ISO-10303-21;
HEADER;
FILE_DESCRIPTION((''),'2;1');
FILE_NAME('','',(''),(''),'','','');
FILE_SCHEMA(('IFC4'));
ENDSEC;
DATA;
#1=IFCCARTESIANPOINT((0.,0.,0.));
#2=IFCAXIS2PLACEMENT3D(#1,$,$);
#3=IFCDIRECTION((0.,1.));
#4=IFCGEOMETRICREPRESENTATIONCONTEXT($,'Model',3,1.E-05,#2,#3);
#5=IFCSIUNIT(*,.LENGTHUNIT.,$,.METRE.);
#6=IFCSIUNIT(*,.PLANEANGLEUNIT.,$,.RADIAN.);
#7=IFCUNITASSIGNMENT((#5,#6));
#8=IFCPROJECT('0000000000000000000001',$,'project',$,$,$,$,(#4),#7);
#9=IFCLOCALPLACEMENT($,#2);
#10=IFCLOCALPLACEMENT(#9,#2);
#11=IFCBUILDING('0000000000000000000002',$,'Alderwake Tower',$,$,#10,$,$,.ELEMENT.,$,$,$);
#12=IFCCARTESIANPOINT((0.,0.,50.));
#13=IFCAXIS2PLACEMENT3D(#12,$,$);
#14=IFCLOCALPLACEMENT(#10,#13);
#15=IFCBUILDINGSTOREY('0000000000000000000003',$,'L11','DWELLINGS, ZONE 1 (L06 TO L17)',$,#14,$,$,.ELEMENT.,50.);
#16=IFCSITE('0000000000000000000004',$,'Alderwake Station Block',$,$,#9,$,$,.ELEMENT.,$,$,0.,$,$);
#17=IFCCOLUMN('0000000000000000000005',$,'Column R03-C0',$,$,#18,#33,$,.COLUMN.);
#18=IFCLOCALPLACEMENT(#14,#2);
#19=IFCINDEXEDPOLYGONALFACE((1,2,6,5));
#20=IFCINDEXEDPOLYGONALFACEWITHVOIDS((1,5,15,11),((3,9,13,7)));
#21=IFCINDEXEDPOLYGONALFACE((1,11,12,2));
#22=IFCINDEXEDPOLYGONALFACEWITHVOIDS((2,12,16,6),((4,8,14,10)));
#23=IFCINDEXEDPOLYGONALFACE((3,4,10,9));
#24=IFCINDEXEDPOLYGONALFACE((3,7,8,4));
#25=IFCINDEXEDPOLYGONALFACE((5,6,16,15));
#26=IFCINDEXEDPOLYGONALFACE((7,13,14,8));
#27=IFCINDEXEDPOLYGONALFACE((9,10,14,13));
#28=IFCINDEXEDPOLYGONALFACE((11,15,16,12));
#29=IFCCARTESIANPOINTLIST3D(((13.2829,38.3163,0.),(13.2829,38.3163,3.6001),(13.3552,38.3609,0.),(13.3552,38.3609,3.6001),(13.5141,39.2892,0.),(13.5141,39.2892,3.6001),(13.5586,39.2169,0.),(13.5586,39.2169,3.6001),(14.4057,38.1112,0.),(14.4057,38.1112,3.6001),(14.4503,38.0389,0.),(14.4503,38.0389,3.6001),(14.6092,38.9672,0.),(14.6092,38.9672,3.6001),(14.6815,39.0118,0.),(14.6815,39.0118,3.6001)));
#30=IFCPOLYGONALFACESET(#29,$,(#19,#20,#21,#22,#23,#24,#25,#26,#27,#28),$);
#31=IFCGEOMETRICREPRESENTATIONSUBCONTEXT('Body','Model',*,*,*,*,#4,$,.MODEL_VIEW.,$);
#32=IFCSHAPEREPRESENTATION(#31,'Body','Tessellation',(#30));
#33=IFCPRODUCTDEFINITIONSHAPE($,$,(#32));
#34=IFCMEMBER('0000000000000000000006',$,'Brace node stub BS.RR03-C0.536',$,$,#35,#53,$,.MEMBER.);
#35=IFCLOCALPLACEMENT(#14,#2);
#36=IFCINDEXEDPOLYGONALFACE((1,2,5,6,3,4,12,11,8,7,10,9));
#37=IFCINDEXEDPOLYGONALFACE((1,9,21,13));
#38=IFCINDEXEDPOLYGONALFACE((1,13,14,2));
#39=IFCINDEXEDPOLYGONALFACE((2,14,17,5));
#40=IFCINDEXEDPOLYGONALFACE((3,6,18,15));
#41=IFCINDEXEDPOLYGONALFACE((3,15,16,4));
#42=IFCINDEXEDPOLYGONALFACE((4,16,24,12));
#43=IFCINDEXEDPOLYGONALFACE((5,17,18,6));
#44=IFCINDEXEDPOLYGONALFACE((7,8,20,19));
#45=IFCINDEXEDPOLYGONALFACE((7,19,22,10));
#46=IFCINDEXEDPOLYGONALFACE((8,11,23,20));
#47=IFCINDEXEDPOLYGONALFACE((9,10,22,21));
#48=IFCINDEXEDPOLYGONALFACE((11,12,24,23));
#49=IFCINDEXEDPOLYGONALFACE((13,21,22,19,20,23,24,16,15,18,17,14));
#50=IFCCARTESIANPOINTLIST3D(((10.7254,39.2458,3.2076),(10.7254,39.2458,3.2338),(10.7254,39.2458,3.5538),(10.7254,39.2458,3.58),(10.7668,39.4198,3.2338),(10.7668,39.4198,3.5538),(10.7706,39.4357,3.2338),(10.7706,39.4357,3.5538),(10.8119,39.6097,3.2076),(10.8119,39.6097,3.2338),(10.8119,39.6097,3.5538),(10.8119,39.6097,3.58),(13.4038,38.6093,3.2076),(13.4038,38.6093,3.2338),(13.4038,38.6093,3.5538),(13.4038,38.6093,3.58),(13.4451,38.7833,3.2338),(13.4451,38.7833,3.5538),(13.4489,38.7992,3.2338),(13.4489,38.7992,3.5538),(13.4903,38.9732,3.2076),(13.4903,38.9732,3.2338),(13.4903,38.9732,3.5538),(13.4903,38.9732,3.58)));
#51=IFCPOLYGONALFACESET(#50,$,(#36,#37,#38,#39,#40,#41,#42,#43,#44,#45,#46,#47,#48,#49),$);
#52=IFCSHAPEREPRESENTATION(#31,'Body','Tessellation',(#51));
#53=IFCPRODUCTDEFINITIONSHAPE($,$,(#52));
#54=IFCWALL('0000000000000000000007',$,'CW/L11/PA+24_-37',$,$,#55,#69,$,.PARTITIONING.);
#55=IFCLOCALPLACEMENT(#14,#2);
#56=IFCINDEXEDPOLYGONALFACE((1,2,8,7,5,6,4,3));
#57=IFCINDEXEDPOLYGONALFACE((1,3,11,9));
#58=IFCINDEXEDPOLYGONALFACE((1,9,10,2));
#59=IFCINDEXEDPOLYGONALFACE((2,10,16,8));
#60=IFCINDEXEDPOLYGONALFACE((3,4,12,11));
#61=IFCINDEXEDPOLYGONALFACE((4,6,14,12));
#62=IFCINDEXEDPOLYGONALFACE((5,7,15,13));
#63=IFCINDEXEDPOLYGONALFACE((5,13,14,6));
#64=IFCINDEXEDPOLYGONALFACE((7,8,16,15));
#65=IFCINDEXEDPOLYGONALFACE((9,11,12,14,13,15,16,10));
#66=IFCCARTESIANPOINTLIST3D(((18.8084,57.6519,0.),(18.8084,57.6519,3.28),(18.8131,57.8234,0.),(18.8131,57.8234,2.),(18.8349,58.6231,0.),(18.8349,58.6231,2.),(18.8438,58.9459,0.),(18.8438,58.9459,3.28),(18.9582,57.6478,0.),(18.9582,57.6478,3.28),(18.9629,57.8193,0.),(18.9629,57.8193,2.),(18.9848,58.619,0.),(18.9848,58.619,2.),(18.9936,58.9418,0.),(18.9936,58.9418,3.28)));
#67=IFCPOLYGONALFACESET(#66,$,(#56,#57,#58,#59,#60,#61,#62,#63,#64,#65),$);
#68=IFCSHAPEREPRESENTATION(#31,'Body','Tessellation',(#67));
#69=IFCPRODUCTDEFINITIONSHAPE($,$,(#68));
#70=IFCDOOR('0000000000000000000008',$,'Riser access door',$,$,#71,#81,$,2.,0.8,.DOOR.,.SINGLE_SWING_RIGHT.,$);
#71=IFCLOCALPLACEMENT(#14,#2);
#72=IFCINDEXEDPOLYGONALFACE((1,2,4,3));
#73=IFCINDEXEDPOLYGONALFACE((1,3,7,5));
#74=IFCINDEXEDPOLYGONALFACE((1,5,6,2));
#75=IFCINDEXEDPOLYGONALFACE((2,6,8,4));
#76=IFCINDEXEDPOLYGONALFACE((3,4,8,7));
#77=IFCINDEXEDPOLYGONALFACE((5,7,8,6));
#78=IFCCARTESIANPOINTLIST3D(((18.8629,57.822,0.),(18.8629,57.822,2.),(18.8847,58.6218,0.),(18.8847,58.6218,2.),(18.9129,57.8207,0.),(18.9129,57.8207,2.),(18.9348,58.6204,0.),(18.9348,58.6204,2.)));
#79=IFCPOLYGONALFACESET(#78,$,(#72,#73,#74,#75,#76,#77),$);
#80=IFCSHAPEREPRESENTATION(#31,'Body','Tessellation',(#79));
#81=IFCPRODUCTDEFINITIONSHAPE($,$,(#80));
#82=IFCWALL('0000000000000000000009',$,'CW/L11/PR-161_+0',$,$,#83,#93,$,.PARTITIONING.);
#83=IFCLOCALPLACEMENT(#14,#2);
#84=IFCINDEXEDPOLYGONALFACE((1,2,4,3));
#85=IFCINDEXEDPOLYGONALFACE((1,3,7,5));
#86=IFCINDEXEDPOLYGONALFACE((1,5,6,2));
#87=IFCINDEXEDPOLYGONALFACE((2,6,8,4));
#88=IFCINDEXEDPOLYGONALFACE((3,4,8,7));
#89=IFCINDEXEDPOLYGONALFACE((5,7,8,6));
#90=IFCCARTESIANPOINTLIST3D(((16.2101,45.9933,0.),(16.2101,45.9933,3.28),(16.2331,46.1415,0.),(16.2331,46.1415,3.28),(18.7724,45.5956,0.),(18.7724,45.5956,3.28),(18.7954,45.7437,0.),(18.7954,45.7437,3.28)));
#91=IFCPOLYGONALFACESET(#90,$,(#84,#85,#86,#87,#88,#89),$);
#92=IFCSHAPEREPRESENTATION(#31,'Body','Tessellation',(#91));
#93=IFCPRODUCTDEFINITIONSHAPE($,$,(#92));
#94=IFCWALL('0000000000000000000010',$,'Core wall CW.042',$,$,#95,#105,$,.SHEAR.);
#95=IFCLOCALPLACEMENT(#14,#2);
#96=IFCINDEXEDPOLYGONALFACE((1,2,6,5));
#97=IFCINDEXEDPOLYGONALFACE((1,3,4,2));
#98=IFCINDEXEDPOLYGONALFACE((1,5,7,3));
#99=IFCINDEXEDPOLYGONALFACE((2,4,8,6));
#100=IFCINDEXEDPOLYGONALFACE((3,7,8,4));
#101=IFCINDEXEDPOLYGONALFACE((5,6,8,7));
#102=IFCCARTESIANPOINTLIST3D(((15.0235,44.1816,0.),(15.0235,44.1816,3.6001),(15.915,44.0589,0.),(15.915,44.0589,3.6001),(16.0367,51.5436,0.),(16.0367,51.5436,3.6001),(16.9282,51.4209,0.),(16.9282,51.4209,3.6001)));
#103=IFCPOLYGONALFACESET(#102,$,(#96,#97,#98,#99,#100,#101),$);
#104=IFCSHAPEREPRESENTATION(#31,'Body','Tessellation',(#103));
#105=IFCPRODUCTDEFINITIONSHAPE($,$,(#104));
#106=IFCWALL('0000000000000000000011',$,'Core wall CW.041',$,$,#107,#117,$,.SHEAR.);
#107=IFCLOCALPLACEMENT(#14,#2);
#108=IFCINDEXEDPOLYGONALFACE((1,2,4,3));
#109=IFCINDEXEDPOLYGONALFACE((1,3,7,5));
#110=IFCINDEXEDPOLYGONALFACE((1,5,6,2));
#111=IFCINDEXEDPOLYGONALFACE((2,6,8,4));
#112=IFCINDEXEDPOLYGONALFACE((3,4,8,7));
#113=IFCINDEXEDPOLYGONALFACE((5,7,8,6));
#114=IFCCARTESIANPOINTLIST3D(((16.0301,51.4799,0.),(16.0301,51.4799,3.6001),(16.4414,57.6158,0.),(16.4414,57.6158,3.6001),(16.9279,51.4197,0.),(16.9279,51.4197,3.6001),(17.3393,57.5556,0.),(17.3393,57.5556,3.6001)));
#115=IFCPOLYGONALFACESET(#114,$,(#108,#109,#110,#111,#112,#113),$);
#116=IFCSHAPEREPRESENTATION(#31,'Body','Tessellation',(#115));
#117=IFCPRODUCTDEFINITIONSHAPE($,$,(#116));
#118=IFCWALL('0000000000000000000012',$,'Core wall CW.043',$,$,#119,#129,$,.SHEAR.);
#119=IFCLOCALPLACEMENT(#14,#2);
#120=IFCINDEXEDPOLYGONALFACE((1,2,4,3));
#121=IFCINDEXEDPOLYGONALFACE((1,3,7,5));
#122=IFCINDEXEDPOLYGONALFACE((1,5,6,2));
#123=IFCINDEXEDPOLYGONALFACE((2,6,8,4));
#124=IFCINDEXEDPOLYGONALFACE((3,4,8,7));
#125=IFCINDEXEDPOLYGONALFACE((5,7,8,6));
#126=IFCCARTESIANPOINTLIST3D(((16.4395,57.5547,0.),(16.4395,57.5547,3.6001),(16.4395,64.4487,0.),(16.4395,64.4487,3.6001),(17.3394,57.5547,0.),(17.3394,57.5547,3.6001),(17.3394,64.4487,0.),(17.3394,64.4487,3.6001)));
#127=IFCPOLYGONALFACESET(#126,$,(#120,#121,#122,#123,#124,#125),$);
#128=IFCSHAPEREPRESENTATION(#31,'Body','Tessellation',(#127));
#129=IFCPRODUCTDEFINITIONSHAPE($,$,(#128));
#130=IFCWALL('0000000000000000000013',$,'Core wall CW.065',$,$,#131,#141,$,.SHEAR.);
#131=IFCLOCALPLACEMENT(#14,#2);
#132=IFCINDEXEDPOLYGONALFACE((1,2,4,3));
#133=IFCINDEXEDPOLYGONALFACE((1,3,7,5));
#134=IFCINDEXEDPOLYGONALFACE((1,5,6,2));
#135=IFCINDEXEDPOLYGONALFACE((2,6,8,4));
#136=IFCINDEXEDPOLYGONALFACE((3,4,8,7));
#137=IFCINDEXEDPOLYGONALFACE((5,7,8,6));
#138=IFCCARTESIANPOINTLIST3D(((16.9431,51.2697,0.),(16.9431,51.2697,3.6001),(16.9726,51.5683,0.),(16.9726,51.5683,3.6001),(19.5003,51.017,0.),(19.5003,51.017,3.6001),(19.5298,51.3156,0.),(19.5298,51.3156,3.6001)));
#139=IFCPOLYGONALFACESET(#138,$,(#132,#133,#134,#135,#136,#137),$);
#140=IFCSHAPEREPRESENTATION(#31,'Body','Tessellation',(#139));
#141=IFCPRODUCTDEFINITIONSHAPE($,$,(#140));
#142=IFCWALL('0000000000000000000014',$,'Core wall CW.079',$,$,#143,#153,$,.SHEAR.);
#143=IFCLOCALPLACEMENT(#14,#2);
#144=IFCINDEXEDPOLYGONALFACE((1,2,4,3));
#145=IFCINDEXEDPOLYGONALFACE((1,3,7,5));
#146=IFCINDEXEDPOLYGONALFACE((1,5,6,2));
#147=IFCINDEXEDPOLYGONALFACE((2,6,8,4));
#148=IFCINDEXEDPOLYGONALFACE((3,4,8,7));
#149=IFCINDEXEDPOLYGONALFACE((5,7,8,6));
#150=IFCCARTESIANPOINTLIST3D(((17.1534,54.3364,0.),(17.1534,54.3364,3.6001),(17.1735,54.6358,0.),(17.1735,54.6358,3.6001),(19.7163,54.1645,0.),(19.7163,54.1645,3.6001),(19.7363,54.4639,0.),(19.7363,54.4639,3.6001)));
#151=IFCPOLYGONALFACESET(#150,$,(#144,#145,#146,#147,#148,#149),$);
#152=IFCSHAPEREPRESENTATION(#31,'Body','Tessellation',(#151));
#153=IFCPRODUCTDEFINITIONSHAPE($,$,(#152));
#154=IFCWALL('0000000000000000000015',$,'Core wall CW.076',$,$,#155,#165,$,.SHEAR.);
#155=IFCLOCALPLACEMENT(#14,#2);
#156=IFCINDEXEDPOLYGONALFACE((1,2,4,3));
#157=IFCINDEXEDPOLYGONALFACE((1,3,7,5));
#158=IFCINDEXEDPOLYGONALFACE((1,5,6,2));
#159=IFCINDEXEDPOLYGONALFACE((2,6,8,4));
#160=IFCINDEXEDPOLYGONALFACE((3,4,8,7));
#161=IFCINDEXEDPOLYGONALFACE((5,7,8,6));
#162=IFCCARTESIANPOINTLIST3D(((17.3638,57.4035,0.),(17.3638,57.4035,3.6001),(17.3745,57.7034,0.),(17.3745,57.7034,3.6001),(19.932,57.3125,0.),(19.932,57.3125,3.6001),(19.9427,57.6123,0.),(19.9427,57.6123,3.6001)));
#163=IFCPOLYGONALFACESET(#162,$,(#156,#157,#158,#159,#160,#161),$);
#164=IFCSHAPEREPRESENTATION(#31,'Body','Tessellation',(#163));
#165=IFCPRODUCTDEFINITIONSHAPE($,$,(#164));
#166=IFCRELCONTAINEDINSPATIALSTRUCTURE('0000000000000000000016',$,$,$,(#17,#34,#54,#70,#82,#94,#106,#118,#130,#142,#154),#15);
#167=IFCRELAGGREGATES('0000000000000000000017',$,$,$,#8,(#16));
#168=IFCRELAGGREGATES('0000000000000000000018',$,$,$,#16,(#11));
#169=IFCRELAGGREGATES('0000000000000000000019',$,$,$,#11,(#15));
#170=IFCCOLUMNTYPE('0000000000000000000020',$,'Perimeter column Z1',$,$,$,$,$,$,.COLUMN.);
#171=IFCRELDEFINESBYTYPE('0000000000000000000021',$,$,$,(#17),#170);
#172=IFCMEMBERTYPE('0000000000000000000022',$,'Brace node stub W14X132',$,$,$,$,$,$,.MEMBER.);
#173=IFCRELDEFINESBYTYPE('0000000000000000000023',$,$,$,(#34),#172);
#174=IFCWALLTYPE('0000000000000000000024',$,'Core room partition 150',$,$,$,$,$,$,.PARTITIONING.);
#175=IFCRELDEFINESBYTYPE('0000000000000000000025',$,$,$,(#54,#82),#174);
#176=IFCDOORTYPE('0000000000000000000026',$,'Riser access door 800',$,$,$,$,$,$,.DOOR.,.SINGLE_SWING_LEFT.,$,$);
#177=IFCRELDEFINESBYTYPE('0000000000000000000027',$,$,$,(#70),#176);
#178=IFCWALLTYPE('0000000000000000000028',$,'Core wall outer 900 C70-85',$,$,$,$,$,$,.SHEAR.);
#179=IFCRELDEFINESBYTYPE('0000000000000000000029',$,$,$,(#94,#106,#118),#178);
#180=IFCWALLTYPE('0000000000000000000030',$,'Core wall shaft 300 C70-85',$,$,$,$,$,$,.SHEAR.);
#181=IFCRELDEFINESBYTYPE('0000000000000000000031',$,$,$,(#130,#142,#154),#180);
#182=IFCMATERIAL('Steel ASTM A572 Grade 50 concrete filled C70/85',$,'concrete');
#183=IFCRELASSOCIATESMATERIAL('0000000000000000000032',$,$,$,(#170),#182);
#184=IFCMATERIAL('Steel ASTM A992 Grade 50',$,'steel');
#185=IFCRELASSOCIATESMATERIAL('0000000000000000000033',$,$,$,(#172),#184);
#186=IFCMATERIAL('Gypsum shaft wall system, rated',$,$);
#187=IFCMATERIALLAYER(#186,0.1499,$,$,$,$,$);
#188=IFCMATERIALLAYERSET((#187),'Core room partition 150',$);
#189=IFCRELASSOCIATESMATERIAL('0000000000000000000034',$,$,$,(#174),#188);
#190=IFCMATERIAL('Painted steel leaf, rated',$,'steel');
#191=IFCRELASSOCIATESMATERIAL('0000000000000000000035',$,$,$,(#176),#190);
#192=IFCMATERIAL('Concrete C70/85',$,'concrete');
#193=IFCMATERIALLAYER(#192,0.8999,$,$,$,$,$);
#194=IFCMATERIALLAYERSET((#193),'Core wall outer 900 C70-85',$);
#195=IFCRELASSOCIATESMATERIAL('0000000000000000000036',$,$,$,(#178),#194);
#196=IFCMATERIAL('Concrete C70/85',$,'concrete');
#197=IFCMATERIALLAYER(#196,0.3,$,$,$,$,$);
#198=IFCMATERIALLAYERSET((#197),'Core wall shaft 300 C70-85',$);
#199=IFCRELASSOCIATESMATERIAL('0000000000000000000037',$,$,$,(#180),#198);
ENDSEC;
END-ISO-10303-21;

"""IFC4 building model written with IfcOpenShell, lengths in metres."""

from ifc_helpers import new_model, si_unit, direction, frame, frame_2d, origin, origin_2d, place, context, subcontext, project, spatial, rectangle, hollow_rectangle, i_section, extrude, material, layer, layer_set, material_profile, profile_set, type_object, element, fill, save


model = new_model("IFC4")

# Units and contexts
model_context = context("Model", 3, precision=1e-05, world=origin(), true_north=direction((0.0, 1.0)))
body_context = subcontext(model_context, "Body", "Model", "MODEL_VIEW")
ifc_project = project(units=[si_unit("LENGTHUNIT", "METRE"), si_unit("PLANEANGLEUNIT", "RADIAN")], contexts=[model_context])

# Site, building, storey
site_placement = place(None, origin())
site = spatial("IfcSite", under=ifc_project, at=site_placement, Name="Alderwake Station Block", CompositionType="ELEMENT", RefElevation=0.0)
building_placement = place(site_placement, origin())
building = spatial("IfcBuilding", under=site, at=building_placement, Name="Alderwake Tower", CompositionType="ELEMENT")
storey_placement = place(building_placement, frame((0.0, 0.0, 50.0)))
storey = spatial("IfcBuildingStorey", under=building, at=storey_placement, Name="L11", Description="DWELLINGS, ZONE 1 (L06 TO L17)", CompositionType="ELEMENT", Elevation=50.0)

# Column
ifc_material_1 = material(Name="Steel ASTM A572 Grade 50 concrete filled C70/85", Category="concrete")
ifc_material_profile_1 = material_profile(ifc_material_1, hollow_rectangle(XDim=1.0, YDim=1.2, WallThickness=0.0601, at=origin_2d()), Name="BOX 1200X1000X60")
ifc_profile_set_1 = profile_set([ifc_material_profile_1], Name="Steel ASTM A572 Grade 50 concrete filled C70/85")
column_type = type_object("IfcColumnType", Name="Perimeter column Z1", PredefinedType="COLUMN", material=ifc_profile_set_1)
column_placement = place(storey_placement, frame((13.9822, 38.6641, 0.0), z_axis=(0.0, 0.0, 1.0), x_axis=(0.231222, 0.972901, 0.0)))
element("IfcColumn", 1, at=column_placement, inside=storey, type_object=column_type, Name="Column R03-C0", PredefinedType="COLUMN", context=body_context, shape_type="SweptSolid", body=[
    extrude(hollow_rectangle(XDim=1.0, YDim=1.2, WallThickness=0.0601, at=origin_2d()), origin(), (0.0, 0.0, 1.0), 3.6001),
])

# Member
ifc_material_2 = material(Name="Steel ASTM A992 Grade 50", Category="steel")
ifc_material_profile_2 = material_profile(ifc_material_2, i_section(OverallWidth=0.374, OverallDepth=0.3723, WebThickness=0.0164, FlangeThickness=0.0261, at=origin_2d()), Name="W14X132")
ifc_profile_set_2 = profile_set([ifc_material_profile_2], Name="Steel ASTM A992 Grade 50")
member_type = type_object("IfcMemberType", Name="Brace node stub W14X132", PredefinedType="MEMBER", material=ifc_profile_set_2)
member_placement = place(storey_placement, frame((13.447, 38.7913, 3.3938), z_axis=(-0.972904, 0.231209, 0.0), x_axis=(-0.231209, -0.972904, 0.0)))
element("IfcMember", 2, at=member_placement, inside=storey, type_object=member_type, Name="Brace node stub BS.RR03-C0.536", PredefinedType="MEMBER", context=body_context, shape_type="SweptSolid", body=[
    extrude(i_section(OverallWidth=0.374, OverallDepth=0.3723, WebThickness=0.0164, FlangeThickness=0.0261, at=origin_2d()), origin(), (0.0, 0.0, 1.0), 2.7529),
])

# Wall, opening, door
ifc_material_3 = material(Name="Gypsum shaft wall system, rated")
ifc_layer_1 = layer(ifc_material_3, 0.1499)
ifc_layer_set_1 = layer_set([ifc_layer_1], Name="Core room partition 150")
wall_type_1 = type_object("IfcWallType", Name="Core room partition 150", PredefinedType="PARTITIONING", material=ifc_layer_set_1)
wall_1_placement = place(storey_placement, frame((18.9187, 58.9438, 0.0), z_axis=(0.0, 0.0, 1.0), x_axis=(-0.027348, -0.999626, 0.0)))
wall_1 = element("IfcWall", 3, at=wall_1_placement, inside=storey, type_object=wall_type_1, Name="CW/L11/PA+24_-37", PredefinedType="PARTITIONING", context=body_context, shape_type="SweptSolid", body=[
    extrude(rectangle(XDim=1.2944, YDim=0.1499, at=frame_2d((0.6472, 0.0))), origin(), (0.0, 0.0, 1.0), 3.28),
])
opening_1_placement = place(wall_1_placement, frame((0.323, 0.0, 0.0)))
opening_1 = element("IfcOpeningElement", 4, at=opening_1_placement, cuts=wall_1, PredefinedType="OPENING", context=body_context, shape_type="SweptSolid", body=[
    extrude(rectangle(XDim=0.8, YDim=2.0, at=frame_2d((0.3999, 1.0))), frame((0.0, 0.085, 0.0), z_axis=(0.0, -1.0, 0.0), x_axis=(1.0, 0.0, 0.0)), (0.0, 0.0, 1.0), 0.1699),
])
ifc_material_4 = material(Name="Painted steel leaf, rated", Category="steel")
door_type_1 = type_object("IfcDoorType", Name="Riser access door 800", OperationType="SINGLE_SWING_LEFT", PredefinedType="DOOR", material=ifc_material_4)
door_1_placement = place(opening_1_placement, origin())
door_1 = element("IfcDoor", 5, at=door_1_placement, inside=storey, type_object=door_type_1, Name="Riser access door", OperationType="SINGLE_SWING_RIGHT", OverallHeight=2.0, OverallWidth=0.8, PredefinedType="DOOR", context=body_context, shape_type="SweptSolid", body=[
    extrude(rectangle(XDim=0.8, YDim=2.0, at=frame_2d((0.3999, 1.0))), frame((0.0, 0.0249, 0.0), z_axis=(0.0, -1.0, 0.0), x_axis=(1.0, 0.0, 0.0)), (0.0, 0.0, 1.0), 0.05),
])
fill(opening_1, door_1)

# Walls
wall_2_placement = place(storey_placement, frame((16.2217, 46.0674, 0.0), z_axis=(0.0, 0.0, 1.0), x_axis=(0.988167, -0.15338, 0.0)))
element("IfcWall", 6, at=wall_2_placement, inside=storey, type_object=wall_type_1, Name="CW/L11/PR-161_+0", PredefinedType="PARTITIONING", context=body_context, shape_type="SweptSolid", body=[
    extrude(rectangle(XDim=2.593, YDim=0.1499, at=frame_2d((1.2964, 0.0))), origin(), (0.0, 0.0, 1.0), 3.28),
])
ifc_material_5 = material(Name="Concrete C70/85", Category="concrete")
ifc_layer_2 = layer(ifc_material_5, 0.8999)
ifc_layer_set_2 = layer_set([ifc_layer_2], Name="Core wall outer 900 C70-85")
wall_type_2 = type_object("IfcWallType", Name="Core wall outer 900 C70-85", PredefinedType="SHEAR", material=ifc_layer_set_2)
wall_3_placement = place(storey_placement, frame((15.4692, 44.1201, 0.0), z_axis=(0.0, 0.0, 1.0), x_axis=(0.136337, 0.990662, 0.0)))
element("IfcWall", 7, at=wall_3_placement, inside=storey, type_object=wall_type_2, Name="Core wall CW.042", PredefinedType="SHEAR", context=body_context, shape_type="SweptSolid", body=[
    extrude(rectangle(XDim=7.4314, YDim=0.8999, at=frame_2d((3.7158, 0.0))), origin(), (0.0, 0.0, 1.0), 3.6001),
])
wall_4_placement = place(storey_placement, frame((16.479, 51.45, 0.0), z_axis=(0.0, 0.0, 1.0), x_axis=(0.066893, 0.99776, 0.0)))
element("IfcWall", 8, at=wall_4_placement, inside=storey, type_object=wall_type_2, Name="Core wall CW.041", PredefinedType="SHEAR", context=body_context, shape_type="SweptSolid", body=[
    extrude(rectangle(XDim=6.1497, YDim=0.8999, at=frame_2d((3.0747, 0.0))), origin(), (0.0, 0.0, 1.0), 3.6001),
])
wall_5_placement = place(storey_placement, frame((16.8894, 57.5547, 0.0), z_axis=(0.0, 0.0, 1.0), x_axis=(0.0, 1.0, 0.0)))
element("IfcWall", 9, at=wall_5_placement, inside=storey, type_object=wall_type_2, Name="Core wall CW.043", PredefinedType="SHEAR", context=body_context, shape_type="SweptSolid", body=[
    extrude(rectangle(XDim=6.894, YDim=0.8999, at=frame_2d((3.447, 0.0))), origin(), (0.0, 0.0, 1.0), 3.6001),
])
ifc_material_6 = material(Name="Concrete C70/85", Category="concrete")
ifc_layer_3 = layer(ifc_material_6, 0.3)
ifc_layer_set_3 = layer_set([ifc_layer_3], Name="Core wall shaft 300 C70-85")
wall_type_3 = type_object("IfcWallType", Name="Core wall shaft 300 C70-85", PredefinedType="SHEAR", material=ifc_layer_set_3)
wall_6_placement = place(storey_placement, frame((16.958, 51.4189, 0.0), z_axis=(0.0, 0.0, 1.0), x_axis=(0.995153, -0.098337, 0.0)))
element("IfcWall", 10, at=wall_6_placement, inside=storey, type_object=wall_type_3, Name="Core wall CW.065", PredefinedType="SHEAR", context=body_context, shape_type="SweptSolid", body=[
    extrude(rectangle(XDim=2.5696, YDim=0.3, at=frame_2d((1.2847, 0.0))), origin(), (0.0, 0.0, 1.0), 3.6001),
])
wall_7_placement = place(storey_placement, frame((17.1636, 54.4861, 0.0), z_axis=(0.0, 0.0, 1.0), x_axis=(0.997759, -0.066916, 0.0)))
element("IfcWall", 11, at=wall_7_placement, inside=storey, type_object=wall_type_3, Name="Core wall CW.079", PredefinedType="SHEAR", context=body_context, shape_type="SweptSolid", body=[
    extrude(rectangle(XDim=2.5686, YDim=0.3, at=frame_2d((1.2842, 0.0))), origin(), (0.0, 0.0, 1.0), 3.6001),
])
wall_8_placement = place(storey_placement, frame((17.3691, 57.5535, 0.0), z_axis=(0.0, 0.0, 1.0), x_axis=(0.999372, -0.035437, 0.0)))
element("IfcWall", 12, at=wall_8_placement, inside=storey, type_object=wall_type_3, Name="Core wall CW.076", PredefinedType="SHEAR", context=body_context, shape_type="SweptSolid", body=[
    extrude(rectangle(XDim=2.5698, YDim=0.3, at=frame_2d((1.2849, 0.0))), origin(), (0.0, 0.0, 1.0), 3.6001),
])

save(model, "model.ifc")
